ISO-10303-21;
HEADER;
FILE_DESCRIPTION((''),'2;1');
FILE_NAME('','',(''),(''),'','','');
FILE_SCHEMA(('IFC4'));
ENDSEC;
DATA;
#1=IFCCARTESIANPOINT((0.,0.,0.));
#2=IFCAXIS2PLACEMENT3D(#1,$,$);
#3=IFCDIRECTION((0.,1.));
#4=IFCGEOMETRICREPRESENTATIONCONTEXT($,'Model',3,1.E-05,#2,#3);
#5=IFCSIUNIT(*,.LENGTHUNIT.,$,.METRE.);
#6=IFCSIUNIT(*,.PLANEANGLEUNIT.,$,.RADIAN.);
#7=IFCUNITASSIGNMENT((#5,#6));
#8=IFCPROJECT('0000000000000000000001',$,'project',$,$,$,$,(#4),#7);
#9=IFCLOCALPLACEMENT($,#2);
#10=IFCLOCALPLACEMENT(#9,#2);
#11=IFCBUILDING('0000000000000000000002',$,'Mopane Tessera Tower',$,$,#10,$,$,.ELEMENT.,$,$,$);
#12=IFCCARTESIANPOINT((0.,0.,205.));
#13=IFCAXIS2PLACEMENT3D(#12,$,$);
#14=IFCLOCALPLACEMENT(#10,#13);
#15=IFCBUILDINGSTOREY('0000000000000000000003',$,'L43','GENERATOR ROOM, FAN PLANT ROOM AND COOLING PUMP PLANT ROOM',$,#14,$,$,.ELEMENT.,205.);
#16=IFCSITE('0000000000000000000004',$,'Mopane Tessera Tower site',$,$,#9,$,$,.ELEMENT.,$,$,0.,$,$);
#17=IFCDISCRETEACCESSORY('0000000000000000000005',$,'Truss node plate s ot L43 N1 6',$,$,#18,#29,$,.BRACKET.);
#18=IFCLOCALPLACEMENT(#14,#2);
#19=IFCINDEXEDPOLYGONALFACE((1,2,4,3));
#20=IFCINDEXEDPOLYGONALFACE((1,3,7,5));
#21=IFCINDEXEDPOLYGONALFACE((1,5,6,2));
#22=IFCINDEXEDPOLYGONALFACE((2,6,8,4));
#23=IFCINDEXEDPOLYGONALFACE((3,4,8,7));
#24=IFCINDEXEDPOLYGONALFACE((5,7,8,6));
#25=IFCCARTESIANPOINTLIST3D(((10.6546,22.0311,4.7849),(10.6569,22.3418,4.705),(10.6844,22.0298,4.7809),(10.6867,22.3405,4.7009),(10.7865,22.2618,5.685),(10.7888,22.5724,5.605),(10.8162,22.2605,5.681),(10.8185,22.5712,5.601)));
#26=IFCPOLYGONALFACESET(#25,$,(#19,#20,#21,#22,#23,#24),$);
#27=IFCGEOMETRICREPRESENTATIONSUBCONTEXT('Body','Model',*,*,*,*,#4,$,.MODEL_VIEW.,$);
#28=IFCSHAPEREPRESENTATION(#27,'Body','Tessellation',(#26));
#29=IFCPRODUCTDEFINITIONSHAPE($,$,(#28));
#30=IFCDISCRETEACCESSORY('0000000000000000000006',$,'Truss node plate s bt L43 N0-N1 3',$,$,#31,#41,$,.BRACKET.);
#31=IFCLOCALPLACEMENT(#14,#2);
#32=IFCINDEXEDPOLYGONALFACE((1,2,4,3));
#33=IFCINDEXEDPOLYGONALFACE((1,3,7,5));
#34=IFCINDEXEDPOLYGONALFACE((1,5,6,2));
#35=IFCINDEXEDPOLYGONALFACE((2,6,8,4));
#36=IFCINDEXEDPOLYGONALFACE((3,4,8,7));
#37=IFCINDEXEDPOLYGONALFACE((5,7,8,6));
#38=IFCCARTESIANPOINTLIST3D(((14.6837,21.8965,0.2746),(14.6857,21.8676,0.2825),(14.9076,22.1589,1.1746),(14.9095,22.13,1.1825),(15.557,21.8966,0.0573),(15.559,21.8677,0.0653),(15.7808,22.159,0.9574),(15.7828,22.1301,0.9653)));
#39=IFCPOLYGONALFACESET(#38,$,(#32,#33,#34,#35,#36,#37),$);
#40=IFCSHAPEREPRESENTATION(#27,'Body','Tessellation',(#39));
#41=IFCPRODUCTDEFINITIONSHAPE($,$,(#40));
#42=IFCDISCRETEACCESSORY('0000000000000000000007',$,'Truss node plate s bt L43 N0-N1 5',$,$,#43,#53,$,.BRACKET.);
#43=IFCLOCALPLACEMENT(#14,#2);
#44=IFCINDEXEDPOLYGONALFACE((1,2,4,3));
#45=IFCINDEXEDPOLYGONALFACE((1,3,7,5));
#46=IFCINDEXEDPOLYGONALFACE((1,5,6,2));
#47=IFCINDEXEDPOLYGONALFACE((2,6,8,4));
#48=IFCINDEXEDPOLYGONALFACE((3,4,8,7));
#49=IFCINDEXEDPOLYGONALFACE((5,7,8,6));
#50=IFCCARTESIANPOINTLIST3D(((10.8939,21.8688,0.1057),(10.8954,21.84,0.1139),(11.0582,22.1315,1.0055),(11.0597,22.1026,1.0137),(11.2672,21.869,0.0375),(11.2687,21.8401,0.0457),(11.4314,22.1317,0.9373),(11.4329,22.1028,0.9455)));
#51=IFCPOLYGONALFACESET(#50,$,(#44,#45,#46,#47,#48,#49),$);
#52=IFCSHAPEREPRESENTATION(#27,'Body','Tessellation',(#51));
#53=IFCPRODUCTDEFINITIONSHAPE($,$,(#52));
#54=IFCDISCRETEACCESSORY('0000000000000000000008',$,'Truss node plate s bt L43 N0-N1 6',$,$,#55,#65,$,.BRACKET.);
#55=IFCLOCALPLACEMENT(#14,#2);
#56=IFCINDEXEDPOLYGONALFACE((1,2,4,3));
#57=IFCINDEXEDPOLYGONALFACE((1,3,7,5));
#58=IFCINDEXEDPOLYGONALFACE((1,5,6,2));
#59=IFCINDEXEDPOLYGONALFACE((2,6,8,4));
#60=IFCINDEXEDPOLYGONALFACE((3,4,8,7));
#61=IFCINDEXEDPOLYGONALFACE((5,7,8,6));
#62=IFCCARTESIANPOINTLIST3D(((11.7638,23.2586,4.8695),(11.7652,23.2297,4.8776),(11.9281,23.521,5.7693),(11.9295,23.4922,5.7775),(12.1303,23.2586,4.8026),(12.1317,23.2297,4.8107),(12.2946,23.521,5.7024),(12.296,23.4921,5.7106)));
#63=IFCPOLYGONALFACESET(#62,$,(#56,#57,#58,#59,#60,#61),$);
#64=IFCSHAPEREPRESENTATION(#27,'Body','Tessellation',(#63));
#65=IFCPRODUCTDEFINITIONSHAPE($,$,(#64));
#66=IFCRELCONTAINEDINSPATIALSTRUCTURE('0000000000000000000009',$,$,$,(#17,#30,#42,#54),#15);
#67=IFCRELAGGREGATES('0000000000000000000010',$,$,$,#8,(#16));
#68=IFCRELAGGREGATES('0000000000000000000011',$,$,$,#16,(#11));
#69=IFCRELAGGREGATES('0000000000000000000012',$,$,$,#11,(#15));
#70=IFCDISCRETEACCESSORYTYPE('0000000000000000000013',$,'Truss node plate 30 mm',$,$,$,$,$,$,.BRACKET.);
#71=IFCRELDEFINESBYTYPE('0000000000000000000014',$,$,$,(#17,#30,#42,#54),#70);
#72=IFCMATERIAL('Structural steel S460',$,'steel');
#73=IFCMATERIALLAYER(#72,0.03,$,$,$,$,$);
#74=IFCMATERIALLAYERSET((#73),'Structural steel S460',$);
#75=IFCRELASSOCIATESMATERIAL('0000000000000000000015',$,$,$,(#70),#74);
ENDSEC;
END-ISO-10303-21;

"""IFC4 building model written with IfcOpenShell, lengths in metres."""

from ifc_helpers import new_model, si_unit, direction, frame, origin, origin_2d, place, context, subcontext, project, spatial, rectangle, extrude, material, layer, layer_set, type_object, element, save


model = new_model("IFC4")

# Units and contexts
model_context = context("Model", 3, precision=1e-05, world=origin(), true_north=direction((0.0, 1.0)))
body_context = subcontext(model_context, "Body", "Model", "MODEL_VIEW")
ifc_project = project(units=[si_unit("LENGTHUNIT", "METRE"), si_unit("PLANEANGLEUNIT", "RADIAN")], contexts=[model_context])

# Site, building, storey
site_placement = place(None, origin())
site = spatial("IfcSite", under=ifc_project, at=site_placement, Name="Mopane Tessera Tower site", CompositionType="ELEMENT", RefElevation=0.0)
building_placement = place(site_placement, origin())
building = spatial("IfcBuilding", under=site, at=building_placement, Name="Mopane Tessera Tower", CompositionType="ELEMENT")
storey_placement = place(building_placement, frame((0.0, 0.0, 205.0)))
storey = spatial("IfcBuildingStorey", under=building, at=storey_placement, Name="L43", Description="GENERATOR ROOM, FAN PLANT ROOM AND COOLING PUMP PLANT ROOM", CompositionType="ELEMENT", Elevation=205.0)

# Discrete accessories
ifc_material_1 = material(Name="Structural steel S460", Category="steel")
ifc_layer_1 = layer(ifc_material_1, 0.03)
ifc_layer_set_1 = layer_set([ifc_layer_1], Name="Structural steel S460")
discrete_accessory_type_1 = type_object("IfcDiscreteAccessoryType", Name="Truss node plate 30 mm", PredefinedType="BRACKET", material=ifc_layer_set_1)
discrete_accessory_1_placement = place(storey_placement, frame((10.6707, 22.1858, 4.7429), z_axis=(0.140468, 0.245819, 0.959084), x_axis=(-0.99006, 0.041835, 0.134282)))
element("IfcDiscreteAccessory", 1, at=discrete_accessory_1_placement, inside=storey, type_object=discrete_accessory_type_1, Name="Truss node plate s ot L43 N1 6", PredefinedType="BRACKET", context=body_context, shape_type="SweptSolid", body=[
    extrude(rectangle(XDim=0.03, YDim=0.3208, at=origin_2d()), origin(), (0.0, 0.0, 1.0), 0.9385),
])
discrete_accessory_2_placement = place(storey_placement, frame((15.1213, 21.8821, 0.1699), z_axis=(0.232241, 0.272257, 0.933777), x_axis=(0.065796, -0.962225, 0.264187)))
element("IfcDiscreteAccessory", 2, at=discrete_accessory_2_placement, inside=storey, type_object=discrete_accessory_type_1, Name="Truss node plate s bt L43 N0-N1 3", PredefinedType="BRACKET", context=body_context, shape_type="SweptSolid", body=[
    extrude(rectangle(XDim=0.03, YDim=0.8999, at=origin_2d()), origin(), (0.0, 0.0, 1.0), 0.9639),
])
discrete_accessory_3_placement = place(storey_placement, frame((11.0813, 21.8545, 0.0757), z_axis=(0.172636, 0.276013, 0.945523), x_axis=(0.050054, -0.961154, 0.271437)))
element("IfcDiscreteAccessory", 3, at=discrete_accessory_3_placement, inside=storey, type_object=discrete_accessory_type_1, Name="Truss node plate s bt L43 N0-N1 5", PredefinedType="BRACKET", context=body_context, shape_type="SweptSolid", body=[
    extrude(rectangle(XDim=0.03, YDim=0.3794, at=origin_2d()), origin(), (0.0, 0.0, 1.0), 0.9517),
])
discrete_accessory_4_placement = place(storey_placement, frame((11.9478, 23.2441, 4.8401), z_axis=(0.172648, 0.275776, 0.94559), x_axis=(0.049476, -0.961222, 0.271301)))
element("IfcDiscreteAccessory", 4, at=discrete_accessory_4_placement, inside=storey, type_object=discrete_accessory_type_1, Name="Truss node plate s bt L43 N0-N1 6", PredefinedType="BRACKET", context=body_context, shape_type="SweptSolid", body=[
    extrude(rectangle(XDim=0.03, YDim=0.3726, at=origin_2d()), origin(), (0.0, 0.0, 1.0), 0.9517),
])

save(model, "model.ifc")
